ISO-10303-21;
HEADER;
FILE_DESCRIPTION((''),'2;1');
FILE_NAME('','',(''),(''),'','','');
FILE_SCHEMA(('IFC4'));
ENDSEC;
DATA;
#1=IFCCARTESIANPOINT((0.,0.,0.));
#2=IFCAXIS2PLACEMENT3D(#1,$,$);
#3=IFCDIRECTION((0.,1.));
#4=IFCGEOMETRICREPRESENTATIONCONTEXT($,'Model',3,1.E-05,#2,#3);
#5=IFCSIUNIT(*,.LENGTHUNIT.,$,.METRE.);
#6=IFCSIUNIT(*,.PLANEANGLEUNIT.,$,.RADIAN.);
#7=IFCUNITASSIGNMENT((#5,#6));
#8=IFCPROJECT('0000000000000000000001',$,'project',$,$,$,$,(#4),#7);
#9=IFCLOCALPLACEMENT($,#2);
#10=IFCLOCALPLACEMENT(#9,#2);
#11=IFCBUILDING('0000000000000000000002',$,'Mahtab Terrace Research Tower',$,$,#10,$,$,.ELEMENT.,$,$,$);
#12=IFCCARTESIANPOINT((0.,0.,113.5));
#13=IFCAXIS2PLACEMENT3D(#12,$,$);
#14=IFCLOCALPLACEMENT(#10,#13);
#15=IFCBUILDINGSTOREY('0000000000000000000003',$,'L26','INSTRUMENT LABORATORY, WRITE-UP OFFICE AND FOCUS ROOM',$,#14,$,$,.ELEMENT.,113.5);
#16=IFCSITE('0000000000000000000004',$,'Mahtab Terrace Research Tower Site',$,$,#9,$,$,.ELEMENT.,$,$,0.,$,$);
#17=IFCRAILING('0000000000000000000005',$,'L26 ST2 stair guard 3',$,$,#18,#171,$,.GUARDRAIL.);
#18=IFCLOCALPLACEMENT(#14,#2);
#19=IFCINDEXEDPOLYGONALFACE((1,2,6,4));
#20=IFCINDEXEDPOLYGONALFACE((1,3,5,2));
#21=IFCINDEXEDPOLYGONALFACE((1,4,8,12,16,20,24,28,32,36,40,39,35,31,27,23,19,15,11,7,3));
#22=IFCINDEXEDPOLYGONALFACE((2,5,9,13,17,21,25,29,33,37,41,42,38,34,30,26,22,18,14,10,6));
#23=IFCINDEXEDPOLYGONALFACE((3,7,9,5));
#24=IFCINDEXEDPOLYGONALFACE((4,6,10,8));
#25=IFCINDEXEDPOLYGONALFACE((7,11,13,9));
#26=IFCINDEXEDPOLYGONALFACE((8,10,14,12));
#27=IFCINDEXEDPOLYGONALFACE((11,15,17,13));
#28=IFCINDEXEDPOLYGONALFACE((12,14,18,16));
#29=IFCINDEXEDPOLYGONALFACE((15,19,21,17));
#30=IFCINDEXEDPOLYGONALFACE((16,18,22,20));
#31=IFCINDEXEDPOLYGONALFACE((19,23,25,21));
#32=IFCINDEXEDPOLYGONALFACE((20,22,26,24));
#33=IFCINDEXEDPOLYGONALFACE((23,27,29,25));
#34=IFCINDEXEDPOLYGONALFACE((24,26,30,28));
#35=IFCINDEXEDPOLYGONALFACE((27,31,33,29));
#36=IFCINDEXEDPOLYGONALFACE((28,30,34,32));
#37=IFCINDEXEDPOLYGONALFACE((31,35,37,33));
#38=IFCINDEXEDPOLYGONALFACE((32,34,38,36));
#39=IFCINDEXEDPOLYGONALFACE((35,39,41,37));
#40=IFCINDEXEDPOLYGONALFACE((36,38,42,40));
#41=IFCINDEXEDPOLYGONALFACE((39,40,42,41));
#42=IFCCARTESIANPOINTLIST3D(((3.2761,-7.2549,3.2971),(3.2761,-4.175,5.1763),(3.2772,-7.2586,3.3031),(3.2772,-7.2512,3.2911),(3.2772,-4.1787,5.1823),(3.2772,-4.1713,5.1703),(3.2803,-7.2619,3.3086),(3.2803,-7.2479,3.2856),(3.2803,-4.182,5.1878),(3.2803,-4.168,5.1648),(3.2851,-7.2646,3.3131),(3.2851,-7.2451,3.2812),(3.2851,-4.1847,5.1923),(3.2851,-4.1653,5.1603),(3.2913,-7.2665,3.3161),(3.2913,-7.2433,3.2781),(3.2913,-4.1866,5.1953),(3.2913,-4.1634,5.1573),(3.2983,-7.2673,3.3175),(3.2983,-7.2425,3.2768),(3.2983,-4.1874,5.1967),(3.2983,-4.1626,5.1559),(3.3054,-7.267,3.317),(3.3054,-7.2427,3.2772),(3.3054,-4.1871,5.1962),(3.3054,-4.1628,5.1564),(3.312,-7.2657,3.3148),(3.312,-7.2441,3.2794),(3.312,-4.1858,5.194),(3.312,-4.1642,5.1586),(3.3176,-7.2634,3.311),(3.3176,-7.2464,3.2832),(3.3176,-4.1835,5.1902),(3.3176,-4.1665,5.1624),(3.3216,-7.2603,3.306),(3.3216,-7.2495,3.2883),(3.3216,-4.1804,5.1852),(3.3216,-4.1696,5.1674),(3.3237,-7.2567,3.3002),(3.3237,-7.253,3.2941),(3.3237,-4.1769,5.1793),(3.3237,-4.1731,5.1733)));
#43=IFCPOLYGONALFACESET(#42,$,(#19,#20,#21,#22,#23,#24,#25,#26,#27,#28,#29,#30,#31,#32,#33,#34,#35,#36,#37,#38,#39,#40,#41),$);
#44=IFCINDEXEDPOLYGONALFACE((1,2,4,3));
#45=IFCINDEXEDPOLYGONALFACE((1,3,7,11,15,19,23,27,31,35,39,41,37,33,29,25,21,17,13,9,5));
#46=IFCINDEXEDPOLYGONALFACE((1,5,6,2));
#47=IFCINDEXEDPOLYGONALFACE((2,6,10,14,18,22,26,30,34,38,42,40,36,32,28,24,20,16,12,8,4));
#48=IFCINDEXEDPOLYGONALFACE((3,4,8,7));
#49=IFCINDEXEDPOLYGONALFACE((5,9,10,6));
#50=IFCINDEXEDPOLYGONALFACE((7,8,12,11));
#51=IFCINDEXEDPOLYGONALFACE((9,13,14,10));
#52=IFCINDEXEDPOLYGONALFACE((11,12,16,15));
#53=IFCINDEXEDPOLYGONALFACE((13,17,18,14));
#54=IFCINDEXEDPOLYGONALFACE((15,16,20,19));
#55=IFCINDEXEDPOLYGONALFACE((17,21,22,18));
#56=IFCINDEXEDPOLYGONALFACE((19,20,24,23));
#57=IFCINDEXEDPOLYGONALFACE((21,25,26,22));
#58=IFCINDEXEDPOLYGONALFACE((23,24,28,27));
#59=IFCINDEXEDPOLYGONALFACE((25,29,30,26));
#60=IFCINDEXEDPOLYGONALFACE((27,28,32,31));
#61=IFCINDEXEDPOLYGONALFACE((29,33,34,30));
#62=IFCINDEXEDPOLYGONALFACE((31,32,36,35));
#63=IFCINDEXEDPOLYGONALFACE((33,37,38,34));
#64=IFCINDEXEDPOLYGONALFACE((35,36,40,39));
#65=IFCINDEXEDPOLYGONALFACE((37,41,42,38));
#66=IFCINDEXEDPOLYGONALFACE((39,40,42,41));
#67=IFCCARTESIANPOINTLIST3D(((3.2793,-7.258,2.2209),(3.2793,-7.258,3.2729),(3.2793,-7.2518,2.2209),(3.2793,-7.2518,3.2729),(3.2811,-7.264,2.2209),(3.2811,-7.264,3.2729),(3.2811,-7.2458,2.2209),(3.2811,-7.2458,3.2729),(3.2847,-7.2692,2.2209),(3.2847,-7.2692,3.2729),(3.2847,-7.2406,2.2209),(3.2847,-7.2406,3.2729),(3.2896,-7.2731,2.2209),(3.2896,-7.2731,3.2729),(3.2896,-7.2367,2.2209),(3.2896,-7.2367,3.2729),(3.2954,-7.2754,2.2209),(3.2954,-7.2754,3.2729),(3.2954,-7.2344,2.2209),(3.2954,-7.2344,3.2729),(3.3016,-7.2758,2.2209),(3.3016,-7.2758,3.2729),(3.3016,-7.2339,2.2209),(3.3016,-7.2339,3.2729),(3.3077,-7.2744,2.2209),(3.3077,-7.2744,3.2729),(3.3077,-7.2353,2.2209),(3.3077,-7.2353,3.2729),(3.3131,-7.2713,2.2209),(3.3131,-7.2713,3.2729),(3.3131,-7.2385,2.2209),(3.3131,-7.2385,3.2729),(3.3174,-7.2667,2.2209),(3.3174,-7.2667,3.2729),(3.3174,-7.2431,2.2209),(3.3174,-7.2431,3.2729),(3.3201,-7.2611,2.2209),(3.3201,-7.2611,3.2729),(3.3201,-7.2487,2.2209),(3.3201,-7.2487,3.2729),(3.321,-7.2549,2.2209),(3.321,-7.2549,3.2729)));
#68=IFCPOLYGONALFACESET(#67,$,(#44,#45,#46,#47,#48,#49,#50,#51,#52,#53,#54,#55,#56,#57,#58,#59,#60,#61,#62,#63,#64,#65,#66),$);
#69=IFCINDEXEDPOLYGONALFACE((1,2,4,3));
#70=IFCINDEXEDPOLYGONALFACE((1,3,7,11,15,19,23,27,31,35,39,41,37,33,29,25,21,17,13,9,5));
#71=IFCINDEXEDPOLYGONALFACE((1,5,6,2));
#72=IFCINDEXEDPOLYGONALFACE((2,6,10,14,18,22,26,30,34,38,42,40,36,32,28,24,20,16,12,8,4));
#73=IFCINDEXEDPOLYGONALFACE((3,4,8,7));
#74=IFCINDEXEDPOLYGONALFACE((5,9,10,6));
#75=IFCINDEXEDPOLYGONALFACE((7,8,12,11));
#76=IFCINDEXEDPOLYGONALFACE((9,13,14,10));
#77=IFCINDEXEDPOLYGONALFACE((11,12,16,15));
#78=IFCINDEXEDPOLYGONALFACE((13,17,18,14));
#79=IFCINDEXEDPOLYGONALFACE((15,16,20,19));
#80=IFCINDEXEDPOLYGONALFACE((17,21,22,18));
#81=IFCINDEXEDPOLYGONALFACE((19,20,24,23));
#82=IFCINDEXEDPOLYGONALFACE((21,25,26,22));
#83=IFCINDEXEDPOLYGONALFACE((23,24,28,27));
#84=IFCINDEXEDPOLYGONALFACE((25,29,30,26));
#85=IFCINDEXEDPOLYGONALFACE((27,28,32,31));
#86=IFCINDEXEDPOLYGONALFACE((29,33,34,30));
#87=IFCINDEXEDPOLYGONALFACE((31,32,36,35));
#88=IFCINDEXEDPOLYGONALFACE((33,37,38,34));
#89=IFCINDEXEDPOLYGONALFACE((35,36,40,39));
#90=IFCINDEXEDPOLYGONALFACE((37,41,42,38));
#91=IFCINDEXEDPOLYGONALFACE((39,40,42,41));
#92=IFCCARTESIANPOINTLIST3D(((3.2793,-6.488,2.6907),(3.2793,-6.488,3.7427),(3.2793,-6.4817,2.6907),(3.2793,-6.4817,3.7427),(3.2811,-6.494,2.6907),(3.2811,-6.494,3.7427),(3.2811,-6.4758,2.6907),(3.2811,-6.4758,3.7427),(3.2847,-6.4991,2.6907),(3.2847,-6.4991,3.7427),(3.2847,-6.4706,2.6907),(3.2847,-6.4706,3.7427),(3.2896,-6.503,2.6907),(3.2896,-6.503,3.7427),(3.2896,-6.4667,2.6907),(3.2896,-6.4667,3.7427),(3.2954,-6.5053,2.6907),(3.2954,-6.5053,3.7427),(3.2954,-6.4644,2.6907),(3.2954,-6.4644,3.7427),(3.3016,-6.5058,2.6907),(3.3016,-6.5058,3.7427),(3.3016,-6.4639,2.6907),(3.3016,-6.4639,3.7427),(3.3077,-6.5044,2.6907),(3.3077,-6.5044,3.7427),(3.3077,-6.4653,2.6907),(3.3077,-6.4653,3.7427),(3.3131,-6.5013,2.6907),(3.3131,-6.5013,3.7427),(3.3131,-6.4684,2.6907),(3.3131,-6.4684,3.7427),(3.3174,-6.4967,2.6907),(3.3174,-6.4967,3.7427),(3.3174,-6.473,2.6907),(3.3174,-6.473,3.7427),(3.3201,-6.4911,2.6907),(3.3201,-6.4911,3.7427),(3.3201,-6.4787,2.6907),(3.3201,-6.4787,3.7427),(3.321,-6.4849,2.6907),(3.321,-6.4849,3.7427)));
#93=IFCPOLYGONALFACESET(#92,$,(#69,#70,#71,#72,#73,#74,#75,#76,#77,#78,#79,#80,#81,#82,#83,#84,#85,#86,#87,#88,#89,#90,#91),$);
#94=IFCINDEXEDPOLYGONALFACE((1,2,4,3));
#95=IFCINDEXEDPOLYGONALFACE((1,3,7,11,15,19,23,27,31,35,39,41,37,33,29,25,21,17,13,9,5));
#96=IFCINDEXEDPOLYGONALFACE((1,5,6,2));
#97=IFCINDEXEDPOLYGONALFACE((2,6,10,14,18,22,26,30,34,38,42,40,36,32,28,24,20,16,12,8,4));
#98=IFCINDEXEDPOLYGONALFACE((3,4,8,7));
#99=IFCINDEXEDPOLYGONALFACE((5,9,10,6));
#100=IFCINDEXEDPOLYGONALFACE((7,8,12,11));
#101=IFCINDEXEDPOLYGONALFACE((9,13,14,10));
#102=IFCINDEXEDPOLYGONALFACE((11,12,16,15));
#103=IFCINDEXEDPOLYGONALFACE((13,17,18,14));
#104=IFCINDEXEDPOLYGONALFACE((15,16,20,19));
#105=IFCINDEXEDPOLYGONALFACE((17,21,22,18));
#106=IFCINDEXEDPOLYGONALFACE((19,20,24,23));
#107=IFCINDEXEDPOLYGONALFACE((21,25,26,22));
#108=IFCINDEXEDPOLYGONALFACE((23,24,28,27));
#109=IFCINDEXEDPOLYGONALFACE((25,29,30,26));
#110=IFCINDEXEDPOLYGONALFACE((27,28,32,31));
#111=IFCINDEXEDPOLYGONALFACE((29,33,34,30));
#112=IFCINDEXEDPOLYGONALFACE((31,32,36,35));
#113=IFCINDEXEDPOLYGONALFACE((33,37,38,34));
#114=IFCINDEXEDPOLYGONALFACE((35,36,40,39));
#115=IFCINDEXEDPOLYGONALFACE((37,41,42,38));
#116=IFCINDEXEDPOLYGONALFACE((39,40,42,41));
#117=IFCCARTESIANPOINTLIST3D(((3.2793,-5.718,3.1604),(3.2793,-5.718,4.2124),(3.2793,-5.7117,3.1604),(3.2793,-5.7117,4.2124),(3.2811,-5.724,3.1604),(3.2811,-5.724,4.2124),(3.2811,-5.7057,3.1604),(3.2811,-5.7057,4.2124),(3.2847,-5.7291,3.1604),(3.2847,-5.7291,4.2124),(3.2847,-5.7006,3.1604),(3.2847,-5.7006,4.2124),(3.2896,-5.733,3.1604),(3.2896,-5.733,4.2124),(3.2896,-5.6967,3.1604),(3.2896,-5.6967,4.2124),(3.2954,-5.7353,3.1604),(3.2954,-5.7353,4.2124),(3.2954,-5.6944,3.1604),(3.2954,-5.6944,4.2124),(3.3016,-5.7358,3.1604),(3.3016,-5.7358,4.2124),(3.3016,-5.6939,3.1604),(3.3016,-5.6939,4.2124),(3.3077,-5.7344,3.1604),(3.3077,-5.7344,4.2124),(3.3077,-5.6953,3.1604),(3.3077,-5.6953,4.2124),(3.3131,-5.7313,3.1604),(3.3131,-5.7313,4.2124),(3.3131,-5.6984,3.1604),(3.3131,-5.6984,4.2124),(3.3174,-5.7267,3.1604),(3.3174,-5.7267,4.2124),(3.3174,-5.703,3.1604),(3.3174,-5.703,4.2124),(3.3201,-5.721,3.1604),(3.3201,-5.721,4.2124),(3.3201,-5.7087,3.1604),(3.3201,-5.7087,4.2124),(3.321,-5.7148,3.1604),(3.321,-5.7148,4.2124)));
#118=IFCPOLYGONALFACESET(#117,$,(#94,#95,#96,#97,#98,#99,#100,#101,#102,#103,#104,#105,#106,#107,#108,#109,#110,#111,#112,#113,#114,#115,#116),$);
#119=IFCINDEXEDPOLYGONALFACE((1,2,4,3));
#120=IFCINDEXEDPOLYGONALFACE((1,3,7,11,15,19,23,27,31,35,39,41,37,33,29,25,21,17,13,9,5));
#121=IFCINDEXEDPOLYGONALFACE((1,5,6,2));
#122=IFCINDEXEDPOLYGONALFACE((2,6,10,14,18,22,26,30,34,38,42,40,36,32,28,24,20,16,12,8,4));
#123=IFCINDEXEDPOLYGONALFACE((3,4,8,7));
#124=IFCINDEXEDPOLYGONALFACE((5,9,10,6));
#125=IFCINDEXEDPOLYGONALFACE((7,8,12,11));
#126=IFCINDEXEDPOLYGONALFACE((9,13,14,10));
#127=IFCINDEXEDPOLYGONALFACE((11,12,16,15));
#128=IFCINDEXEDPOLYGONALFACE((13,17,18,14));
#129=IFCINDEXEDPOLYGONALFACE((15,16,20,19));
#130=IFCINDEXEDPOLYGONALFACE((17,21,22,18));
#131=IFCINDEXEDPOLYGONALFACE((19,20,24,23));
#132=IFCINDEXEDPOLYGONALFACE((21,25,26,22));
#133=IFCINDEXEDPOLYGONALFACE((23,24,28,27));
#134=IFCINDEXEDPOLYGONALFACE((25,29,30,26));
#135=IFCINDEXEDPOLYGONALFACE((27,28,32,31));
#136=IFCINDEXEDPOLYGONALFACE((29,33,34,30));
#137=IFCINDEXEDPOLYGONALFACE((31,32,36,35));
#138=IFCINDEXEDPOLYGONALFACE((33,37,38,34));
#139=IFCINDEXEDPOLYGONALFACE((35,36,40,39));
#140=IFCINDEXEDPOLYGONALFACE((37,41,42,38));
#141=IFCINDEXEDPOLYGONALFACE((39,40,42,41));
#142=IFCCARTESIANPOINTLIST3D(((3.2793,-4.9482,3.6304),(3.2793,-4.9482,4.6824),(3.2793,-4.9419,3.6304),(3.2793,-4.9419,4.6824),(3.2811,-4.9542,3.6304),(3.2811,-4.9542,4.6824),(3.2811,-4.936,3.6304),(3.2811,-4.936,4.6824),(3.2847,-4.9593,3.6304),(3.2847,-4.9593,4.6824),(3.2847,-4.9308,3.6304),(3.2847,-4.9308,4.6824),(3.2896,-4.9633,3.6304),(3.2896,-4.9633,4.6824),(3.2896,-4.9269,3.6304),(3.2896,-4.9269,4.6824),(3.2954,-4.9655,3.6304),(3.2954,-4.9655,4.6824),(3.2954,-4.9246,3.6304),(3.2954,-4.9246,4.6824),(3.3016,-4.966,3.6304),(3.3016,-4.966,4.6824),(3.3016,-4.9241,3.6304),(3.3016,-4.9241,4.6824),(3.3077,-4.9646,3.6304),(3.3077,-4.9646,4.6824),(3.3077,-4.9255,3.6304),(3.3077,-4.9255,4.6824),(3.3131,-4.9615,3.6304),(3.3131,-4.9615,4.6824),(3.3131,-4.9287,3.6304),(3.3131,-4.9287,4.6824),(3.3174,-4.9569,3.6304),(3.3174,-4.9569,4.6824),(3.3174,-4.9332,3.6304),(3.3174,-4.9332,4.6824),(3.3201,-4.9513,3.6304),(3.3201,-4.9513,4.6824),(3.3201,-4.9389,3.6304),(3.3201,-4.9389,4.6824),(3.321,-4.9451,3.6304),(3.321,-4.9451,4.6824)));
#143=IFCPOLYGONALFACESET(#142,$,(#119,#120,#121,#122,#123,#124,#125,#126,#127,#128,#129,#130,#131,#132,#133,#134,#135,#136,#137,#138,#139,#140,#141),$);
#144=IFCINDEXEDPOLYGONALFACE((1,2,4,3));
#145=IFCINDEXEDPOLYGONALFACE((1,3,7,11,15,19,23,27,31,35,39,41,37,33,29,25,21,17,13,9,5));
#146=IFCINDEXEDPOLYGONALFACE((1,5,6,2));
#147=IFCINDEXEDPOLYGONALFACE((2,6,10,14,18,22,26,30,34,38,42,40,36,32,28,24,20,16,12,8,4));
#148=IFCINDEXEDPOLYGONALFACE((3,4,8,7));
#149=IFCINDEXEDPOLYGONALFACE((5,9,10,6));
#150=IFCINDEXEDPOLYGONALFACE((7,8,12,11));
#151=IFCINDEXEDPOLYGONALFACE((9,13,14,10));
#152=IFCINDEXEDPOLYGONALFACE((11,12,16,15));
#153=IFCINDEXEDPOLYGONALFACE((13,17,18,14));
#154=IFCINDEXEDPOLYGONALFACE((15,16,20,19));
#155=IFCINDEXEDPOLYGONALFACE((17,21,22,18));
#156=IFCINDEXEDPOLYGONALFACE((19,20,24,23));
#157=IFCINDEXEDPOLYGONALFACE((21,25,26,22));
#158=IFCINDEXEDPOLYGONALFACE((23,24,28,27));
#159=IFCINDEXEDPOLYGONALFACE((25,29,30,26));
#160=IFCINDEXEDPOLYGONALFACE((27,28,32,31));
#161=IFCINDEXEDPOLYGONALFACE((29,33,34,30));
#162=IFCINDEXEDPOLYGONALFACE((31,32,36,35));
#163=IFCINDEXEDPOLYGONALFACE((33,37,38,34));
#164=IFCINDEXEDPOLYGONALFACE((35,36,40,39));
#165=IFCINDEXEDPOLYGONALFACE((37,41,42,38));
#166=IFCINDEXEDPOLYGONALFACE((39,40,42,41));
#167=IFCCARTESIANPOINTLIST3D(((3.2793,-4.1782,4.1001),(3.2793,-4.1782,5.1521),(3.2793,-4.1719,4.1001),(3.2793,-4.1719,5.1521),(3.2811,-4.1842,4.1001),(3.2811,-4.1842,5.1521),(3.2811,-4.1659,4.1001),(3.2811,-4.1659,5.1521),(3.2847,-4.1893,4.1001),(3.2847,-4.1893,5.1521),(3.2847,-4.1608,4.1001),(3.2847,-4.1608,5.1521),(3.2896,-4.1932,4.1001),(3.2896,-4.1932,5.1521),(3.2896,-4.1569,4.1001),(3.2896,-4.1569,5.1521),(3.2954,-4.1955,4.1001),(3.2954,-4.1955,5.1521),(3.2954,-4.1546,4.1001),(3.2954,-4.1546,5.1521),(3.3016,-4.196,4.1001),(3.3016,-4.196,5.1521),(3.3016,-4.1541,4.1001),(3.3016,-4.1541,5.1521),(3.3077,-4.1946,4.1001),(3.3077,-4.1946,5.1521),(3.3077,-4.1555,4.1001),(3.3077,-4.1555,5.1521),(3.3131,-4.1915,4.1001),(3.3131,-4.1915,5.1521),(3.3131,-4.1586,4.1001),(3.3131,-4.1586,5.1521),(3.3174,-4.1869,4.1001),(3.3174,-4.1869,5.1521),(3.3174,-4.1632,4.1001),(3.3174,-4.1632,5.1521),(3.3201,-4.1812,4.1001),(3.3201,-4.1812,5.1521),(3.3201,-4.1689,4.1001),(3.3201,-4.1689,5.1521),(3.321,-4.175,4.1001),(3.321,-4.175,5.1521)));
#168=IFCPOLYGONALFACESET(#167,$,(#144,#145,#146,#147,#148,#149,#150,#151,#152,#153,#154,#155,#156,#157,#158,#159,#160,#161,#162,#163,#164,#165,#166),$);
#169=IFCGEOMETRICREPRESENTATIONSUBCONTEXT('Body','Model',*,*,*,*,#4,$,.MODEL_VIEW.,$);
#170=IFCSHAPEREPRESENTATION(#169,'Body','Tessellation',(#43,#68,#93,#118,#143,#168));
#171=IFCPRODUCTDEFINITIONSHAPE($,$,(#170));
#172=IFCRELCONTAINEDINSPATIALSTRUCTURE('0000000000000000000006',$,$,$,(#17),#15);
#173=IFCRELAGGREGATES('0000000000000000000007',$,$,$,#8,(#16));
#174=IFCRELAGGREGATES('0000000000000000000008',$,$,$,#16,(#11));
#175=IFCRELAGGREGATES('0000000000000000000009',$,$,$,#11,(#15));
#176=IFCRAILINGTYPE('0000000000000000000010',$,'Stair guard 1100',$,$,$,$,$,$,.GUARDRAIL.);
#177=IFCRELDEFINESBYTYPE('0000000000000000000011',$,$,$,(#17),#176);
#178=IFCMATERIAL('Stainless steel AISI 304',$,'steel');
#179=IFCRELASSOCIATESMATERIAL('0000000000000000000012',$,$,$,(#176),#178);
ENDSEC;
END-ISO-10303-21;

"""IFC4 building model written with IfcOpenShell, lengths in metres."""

from ifc_helpers import new_model, si_unit, direction, frame, origin, origin_2d, place, context, subcontext, project, spatial, circle, extrude, material, type_object, element, save


model = new_model("IFC4")

# Units and contexts
model_context = context("Model", 3, precision=1e-05, world=origin(), true_north=direction((0.0, 1.0)))
body_context = subcontext(model_context, "Body", "Model", "MODEL_VIEW")
ifc_project = project(units=[si_unit("LENGTHUNIT", "METRE"), si_unit("PLANEANGLEUNIT", "RADIAN")], contexts=[model_context])

# Site, building, storey
site_placement = place(None, origin())
site = spatial("IfcSite", under=ifc_project, at=site_placement, Name="Mahtab Terrace Research Tower Site", CompositionType="ELEMENT", RefElevation=0.0)
building_placement = place(site_placement, origin())
building = spatial("IfcBuilding", under=site, at=building_placement, Name="Mahtab Terrace Research Tower", CompositionType="ELEMENT")
storey_placement = place(building_placement, frame((0.0, 0.0, 113.5)))
storey = spatial("IfcBuildingStorey", under=building, at=storey_placement, Name="L26", Description="INSTRUMENT LABORATORY, WRITE-UP OFFICE AND FOCUS ROOM", CompositionType="ELEMENT", Elevation=113.5)

# Railing
ifc_material_1 = material(Name="Stainless steel AISI 304", Category="steel")
railing_type_1 = type_object("IfcRailingType", Name="Stair guard 1100", PredefinedType="GUARDRAIL", material=ifc_material_1)
railing_1_placement = place(storey_placement, frame((3.3, -7.2549, 2.2209)))
element("IfcRailing", 1, at=railing_1_placement, inside=storey, type_object=railing_type_1, Name="L26 ST2 stair guard 3", PredefinedType="GUARDRAIL", context=body_context, shape_type="SweptSolid", body=[
    extrude(circle(Radius=0.0239, at=origin_2d()), frame((0.0, 0.0, 1.0762), z_axis=(0.0, 0.853648, 0.52085), x_axis=(-1.0, 0.0, 0.0)), (0.0, 0.0, 1.0), 3.6079),
    extrude(circle(Radius=0.021, at=origin_2d()), origin(), (0.0, 0.0, 1.0), 1.052),
    extrude(circle(Radius=0.021, at=origin_2d()), frame((0.0, 0.77, 0.4697)), (0.0, 0.0, 1.0), 1.052),
    extrude(circle(Radius=0.021, at=origin_2d()), frame((0.0, 1.54, 0.9395)), (0.0, 0.0, 1.0), 1.052),
    extrude(circle(Radius=0.021, at=origin_2d()), frame((0.0, 2.3098, 1.4094)), (0.0, 0.0, 1.0), 1.052),
    extrude(circle(Radius=0.021, at=origin_2d()), frame((0.0, 3.0798, 1.8792)), (0.0, 0.0, 1.0), 1.052),
])

save(model, "model.ifc")
